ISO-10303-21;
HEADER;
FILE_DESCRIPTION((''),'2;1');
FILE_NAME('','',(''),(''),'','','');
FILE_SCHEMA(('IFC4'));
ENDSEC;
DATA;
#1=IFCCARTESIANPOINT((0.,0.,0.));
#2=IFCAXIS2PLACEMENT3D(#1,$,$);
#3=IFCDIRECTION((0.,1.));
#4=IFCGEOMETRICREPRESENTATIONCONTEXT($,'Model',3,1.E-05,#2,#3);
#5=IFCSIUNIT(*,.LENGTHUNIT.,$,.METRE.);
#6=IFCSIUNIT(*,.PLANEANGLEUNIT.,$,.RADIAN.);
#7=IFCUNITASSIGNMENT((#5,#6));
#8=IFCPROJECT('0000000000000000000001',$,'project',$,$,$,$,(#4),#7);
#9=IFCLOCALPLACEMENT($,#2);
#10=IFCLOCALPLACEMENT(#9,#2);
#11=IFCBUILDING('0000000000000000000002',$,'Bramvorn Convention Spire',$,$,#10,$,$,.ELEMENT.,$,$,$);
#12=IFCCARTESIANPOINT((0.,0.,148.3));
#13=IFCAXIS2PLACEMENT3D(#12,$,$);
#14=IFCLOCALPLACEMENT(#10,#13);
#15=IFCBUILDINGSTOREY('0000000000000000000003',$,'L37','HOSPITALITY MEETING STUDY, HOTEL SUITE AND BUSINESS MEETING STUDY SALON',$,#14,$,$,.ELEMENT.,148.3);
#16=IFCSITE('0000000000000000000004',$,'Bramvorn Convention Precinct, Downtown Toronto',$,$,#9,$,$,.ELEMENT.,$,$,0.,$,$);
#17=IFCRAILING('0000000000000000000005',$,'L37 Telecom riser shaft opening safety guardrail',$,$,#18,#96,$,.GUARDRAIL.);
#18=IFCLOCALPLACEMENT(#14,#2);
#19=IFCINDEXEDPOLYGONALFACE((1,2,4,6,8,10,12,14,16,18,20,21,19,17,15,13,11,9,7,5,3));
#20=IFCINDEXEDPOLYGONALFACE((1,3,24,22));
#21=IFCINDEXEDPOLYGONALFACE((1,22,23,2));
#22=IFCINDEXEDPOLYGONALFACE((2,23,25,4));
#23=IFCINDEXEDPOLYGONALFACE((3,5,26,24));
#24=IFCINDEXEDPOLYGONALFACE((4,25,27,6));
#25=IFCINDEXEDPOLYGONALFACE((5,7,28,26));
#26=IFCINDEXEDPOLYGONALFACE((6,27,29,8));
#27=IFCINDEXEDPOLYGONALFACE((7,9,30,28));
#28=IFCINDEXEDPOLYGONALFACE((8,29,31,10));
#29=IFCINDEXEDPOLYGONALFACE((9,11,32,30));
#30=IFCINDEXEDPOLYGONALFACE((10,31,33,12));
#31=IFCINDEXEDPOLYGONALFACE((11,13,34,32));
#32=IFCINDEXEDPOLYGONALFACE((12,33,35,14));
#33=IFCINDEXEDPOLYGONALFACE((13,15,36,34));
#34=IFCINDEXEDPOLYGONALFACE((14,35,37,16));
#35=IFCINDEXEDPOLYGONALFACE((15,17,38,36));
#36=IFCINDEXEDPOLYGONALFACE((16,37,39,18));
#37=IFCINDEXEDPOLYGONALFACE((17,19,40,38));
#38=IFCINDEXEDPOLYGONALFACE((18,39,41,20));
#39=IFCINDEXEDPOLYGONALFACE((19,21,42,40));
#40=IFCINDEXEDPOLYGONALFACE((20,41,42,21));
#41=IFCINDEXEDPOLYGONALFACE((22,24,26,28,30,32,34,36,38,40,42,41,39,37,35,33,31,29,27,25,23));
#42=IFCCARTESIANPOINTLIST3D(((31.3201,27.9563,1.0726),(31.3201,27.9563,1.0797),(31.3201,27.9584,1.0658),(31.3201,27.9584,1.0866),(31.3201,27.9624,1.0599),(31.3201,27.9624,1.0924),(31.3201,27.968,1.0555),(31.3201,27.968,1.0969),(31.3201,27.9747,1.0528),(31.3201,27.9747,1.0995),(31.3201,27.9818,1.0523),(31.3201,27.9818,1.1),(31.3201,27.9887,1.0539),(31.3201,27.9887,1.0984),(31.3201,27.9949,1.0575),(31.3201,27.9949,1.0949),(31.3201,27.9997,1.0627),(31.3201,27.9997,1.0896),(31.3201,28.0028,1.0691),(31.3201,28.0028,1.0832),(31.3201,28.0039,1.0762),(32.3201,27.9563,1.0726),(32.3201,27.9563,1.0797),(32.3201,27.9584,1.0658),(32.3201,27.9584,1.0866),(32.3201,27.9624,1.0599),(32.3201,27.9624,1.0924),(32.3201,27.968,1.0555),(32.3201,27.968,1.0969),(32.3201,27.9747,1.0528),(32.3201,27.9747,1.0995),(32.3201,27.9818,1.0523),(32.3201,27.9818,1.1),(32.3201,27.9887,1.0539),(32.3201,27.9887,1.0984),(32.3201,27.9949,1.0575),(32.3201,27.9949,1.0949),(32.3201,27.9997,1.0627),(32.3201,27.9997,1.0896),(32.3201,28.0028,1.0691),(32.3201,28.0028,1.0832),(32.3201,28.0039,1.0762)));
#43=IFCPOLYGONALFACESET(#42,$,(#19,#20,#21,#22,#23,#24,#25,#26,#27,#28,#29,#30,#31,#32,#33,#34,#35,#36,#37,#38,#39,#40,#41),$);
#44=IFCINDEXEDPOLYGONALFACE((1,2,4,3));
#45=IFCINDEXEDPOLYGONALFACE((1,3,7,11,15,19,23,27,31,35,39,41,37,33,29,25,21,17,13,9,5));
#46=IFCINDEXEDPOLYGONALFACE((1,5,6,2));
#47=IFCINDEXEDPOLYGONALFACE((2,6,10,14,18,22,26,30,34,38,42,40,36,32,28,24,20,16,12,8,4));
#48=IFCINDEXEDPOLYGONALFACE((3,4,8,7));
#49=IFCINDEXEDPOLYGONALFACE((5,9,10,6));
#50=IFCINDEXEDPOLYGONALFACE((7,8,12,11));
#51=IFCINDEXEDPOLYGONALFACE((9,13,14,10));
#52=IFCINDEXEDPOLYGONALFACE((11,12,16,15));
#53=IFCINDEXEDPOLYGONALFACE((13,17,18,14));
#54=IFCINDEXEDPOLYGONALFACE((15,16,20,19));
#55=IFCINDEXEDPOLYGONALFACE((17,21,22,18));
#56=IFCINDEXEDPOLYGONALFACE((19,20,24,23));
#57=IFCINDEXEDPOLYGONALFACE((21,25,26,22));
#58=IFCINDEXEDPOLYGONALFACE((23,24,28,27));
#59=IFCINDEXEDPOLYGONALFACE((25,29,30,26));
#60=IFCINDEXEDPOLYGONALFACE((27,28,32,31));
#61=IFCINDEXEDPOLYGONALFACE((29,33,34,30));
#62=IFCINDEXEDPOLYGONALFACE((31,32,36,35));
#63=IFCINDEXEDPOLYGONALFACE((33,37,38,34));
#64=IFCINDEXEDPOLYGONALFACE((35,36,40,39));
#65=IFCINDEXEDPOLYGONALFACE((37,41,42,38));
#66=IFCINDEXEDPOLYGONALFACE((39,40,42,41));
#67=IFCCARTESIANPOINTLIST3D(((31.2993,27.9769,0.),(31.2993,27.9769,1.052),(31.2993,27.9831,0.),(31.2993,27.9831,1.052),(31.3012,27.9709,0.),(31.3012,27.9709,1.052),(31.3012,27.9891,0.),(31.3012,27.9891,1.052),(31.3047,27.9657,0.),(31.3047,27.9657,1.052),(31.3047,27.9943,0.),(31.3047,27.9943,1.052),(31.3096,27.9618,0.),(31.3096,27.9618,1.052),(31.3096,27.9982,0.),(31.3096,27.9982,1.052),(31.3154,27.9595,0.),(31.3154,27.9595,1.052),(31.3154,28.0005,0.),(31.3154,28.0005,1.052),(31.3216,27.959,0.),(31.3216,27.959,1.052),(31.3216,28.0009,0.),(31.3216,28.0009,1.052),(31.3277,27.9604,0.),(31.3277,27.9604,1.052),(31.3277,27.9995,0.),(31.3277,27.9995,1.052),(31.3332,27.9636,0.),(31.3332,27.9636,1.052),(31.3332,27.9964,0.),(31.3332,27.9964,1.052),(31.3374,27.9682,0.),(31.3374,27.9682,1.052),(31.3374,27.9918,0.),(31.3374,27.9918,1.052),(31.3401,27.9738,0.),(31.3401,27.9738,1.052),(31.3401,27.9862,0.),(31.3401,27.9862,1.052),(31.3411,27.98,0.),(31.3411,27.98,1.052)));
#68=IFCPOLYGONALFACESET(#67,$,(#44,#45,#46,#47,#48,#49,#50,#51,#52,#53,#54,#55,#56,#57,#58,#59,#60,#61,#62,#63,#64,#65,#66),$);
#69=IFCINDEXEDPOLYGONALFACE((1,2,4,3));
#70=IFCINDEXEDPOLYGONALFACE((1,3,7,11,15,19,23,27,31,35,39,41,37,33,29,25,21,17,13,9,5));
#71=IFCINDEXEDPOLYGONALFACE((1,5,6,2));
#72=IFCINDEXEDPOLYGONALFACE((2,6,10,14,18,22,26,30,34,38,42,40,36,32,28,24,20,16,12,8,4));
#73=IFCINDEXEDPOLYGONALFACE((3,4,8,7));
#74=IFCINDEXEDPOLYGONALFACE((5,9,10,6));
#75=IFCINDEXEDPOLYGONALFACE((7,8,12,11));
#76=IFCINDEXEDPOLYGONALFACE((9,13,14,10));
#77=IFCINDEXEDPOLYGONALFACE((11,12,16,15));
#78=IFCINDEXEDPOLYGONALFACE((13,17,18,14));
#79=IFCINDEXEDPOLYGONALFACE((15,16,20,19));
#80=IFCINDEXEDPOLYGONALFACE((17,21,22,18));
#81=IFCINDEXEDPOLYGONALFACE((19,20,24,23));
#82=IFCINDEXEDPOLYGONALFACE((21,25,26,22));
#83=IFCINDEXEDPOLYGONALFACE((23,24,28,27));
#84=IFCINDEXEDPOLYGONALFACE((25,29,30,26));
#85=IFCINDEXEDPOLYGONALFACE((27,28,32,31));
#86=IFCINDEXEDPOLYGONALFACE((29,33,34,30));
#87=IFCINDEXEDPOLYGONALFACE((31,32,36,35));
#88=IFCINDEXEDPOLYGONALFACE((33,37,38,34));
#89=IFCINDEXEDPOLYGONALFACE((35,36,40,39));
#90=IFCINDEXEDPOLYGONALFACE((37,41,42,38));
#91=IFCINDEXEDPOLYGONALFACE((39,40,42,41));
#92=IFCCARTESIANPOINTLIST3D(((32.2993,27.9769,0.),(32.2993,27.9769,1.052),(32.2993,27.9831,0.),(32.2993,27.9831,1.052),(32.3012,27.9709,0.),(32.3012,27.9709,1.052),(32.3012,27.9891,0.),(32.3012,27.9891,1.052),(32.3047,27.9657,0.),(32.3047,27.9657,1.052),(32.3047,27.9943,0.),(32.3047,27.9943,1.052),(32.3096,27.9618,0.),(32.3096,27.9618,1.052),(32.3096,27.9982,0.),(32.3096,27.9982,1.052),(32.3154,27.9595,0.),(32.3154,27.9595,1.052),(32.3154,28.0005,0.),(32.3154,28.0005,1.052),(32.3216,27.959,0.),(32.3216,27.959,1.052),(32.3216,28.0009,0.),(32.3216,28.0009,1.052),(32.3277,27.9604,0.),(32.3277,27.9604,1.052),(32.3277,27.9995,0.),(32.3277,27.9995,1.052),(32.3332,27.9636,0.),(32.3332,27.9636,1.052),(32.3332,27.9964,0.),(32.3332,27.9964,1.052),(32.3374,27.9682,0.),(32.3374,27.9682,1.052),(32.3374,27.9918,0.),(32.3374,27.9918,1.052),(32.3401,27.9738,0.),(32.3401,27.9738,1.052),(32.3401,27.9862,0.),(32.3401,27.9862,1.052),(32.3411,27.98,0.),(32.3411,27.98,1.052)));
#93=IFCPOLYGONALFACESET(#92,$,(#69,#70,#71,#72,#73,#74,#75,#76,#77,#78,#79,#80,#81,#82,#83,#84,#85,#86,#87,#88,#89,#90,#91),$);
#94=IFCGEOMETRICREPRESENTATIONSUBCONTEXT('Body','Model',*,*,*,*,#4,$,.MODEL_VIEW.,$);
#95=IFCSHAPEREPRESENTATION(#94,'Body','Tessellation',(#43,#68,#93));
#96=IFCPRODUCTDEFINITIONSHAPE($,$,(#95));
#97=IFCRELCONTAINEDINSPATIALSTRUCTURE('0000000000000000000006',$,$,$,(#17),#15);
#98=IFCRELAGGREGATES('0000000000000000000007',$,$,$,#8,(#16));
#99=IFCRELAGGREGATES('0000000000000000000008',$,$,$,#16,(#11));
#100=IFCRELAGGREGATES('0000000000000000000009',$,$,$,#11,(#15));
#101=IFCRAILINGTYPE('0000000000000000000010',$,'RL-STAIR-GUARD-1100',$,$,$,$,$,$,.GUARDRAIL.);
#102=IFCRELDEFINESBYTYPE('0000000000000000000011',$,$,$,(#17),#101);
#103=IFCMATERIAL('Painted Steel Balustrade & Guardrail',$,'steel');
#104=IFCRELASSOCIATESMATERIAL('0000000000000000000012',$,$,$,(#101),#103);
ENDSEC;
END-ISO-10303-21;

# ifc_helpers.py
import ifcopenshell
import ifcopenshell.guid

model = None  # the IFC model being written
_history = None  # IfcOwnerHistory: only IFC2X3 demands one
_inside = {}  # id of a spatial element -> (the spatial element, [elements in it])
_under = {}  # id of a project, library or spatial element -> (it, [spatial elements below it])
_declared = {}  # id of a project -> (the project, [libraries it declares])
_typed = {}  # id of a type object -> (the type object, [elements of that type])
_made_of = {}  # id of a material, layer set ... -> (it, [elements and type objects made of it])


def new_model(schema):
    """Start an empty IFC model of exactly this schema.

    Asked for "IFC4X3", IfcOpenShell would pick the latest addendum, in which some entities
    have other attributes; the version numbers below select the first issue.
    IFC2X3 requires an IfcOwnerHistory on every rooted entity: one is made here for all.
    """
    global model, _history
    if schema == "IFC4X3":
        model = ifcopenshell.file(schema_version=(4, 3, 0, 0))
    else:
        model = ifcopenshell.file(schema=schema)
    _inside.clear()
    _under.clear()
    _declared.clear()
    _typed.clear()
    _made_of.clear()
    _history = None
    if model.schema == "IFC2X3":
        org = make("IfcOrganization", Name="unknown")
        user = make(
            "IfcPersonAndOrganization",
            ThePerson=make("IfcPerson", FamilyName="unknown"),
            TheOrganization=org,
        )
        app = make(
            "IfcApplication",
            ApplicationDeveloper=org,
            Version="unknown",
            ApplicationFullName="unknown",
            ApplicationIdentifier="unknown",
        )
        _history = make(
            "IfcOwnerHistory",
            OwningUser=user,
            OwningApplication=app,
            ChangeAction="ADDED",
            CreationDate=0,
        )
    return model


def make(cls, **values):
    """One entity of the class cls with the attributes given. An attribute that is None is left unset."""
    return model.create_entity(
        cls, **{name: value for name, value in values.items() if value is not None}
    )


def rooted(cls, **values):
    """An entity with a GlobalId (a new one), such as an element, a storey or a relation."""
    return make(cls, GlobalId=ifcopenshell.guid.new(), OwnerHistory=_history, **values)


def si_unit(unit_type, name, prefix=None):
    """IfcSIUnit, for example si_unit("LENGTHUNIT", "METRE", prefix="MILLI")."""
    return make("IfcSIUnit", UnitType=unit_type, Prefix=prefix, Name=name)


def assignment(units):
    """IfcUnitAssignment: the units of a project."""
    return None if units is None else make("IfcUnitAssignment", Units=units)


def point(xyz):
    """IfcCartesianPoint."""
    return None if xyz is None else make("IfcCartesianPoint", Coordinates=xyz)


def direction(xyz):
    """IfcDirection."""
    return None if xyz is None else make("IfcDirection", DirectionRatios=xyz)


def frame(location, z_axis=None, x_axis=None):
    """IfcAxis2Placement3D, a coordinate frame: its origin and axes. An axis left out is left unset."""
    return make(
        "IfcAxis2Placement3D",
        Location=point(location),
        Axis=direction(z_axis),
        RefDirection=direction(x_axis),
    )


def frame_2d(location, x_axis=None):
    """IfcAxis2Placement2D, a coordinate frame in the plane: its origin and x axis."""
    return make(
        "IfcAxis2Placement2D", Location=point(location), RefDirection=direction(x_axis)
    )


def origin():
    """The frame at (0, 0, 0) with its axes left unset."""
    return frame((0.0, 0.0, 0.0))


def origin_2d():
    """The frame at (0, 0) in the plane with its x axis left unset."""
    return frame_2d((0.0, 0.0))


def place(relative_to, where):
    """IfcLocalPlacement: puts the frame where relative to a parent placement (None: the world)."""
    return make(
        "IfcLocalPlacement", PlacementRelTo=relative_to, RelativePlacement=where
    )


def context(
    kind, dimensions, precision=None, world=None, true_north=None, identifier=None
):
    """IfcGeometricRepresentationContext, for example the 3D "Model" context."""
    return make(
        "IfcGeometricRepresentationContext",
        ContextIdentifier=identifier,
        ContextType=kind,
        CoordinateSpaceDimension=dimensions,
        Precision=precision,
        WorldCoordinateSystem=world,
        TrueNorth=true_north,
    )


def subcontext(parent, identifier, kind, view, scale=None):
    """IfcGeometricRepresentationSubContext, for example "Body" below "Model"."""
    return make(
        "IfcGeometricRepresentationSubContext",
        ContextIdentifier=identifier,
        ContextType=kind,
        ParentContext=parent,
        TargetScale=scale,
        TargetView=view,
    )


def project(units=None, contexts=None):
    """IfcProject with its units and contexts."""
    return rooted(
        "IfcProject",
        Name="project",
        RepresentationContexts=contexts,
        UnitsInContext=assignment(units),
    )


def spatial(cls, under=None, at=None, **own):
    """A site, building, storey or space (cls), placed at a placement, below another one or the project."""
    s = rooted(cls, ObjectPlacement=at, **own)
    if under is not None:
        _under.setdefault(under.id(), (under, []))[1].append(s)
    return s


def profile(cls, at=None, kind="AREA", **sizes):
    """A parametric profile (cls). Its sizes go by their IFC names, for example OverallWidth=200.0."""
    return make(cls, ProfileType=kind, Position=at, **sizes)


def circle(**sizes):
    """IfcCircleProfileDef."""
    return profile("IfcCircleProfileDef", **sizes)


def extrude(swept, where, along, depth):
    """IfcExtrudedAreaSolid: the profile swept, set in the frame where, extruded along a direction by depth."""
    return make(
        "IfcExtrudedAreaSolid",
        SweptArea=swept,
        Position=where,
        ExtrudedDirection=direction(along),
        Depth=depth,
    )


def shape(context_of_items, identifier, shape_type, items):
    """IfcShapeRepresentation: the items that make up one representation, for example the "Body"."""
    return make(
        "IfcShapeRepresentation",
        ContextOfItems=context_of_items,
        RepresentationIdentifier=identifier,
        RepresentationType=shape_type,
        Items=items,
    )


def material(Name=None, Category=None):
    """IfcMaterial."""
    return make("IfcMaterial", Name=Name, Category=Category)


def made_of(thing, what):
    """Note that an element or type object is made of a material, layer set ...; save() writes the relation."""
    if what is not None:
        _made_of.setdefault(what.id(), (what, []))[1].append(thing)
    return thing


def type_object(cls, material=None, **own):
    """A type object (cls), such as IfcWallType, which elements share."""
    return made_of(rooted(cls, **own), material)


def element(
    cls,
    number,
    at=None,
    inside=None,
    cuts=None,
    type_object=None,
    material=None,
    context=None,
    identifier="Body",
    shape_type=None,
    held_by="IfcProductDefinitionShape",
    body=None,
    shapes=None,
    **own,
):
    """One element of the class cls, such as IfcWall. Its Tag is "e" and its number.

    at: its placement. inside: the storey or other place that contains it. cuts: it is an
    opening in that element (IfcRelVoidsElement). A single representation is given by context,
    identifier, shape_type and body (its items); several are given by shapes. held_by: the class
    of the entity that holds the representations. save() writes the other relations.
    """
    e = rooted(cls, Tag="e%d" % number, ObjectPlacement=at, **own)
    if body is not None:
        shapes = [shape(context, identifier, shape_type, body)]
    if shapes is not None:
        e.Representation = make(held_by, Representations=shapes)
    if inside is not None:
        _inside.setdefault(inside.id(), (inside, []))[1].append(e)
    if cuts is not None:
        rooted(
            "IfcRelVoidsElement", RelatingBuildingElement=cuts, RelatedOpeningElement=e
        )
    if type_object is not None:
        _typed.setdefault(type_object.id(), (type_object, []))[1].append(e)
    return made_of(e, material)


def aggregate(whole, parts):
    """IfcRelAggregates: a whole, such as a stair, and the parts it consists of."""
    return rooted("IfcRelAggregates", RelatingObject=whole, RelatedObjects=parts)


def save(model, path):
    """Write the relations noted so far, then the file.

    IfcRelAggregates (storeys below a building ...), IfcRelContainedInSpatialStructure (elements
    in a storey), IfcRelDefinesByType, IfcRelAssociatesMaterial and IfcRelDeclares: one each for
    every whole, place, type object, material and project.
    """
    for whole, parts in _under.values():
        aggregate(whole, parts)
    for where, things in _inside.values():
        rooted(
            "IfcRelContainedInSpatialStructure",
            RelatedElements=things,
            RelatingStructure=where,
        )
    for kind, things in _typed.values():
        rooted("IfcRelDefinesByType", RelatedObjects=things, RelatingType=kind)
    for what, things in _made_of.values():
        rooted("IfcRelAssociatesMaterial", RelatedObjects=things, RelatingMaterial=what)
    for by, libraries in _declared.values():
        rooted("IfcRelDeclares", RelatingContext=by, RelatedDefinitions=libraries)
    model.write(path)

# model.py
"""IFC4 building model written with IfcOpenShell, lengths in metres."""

from ifc_helpers import new_model, si_unit, direction, frame, origin, origin_2d, place, context, subcontext, project, spatial, circle, extrude, material, type_object, element, save


model = new_model("IFC4")

# Units and contexts
model_context = context("Model", 3, precision=1e-05, world=origin(), true_north=direction((0.0, 1.0)))
body_context = subcontext(model_context, "Body", "Model", "MODEL_VIEW")
ifc_project = project(units=[si_unit("LENGTHUNIT", "METRE"), si_unit("PLANEANGLEUNIT", "RADIAN")], contexts=[model_context])

# Site, building, storey
site_placement = place(None, origin())
site = spatial("IfcSite", under=ifc_project, at=site_placement, Name="Bramvorn Convention Precinct, Downtown Toronto", CompositionType="ELEMENT", RefElevation=0.0)
building_placement = place(site_placement, origin())
building = spatial("IfcBuilding", under=site, at=building_placement, Name="Bramvorn Convention Spire", CompositionType="ELEMENT")
storey_placement = place(building_placement, frame((0.0, 0.0, 148.3)))
storey = spatial("IfcBuildingStorey", under=building, at=storey_placement, Name="L37", Description="HOSPITALITY MEETING STUDY, HOTEL SUITE AND BUSINESS MEETING STUDY SALON", CompositionType="ELEMENT", Elevation=148.3)

# Railing
ifc_material_1 = material(Name="Painted Steel Balustrade & Guardrail", Category="steel")
railing_type_1 = type_object("IfcRailingType", Name="RL-STAIR-GUARD-1100", PredefinedType="GUARDRAIL", material=ifc_material_1)
railing_1_placement = place(storey_placement, frame((31.3201, 27.98, 0.0)))
element("IfcRailing", 1, at=railing_1_placement, inside=storey, type_object=railing_type_1, Name="L37 Telecom riser shaft opening safety guardrail", PredefinedType="GUARDRAIL", context=body_context, shape_type="SweptSolid", body=[
    extrude(circle(Radius=0.0239, at=origin_2d()), frame((0.0, 0.0, 1.0762), z_axis=(1.0, 0.0, 0.0), x_axis=(0.0, 1.0, 0.0)), (0.0, 0.0, 1.0), 1.0),
    extrude(circle(Radius=0.021, at=origin_2d()), origin(), (0.0, 0.0, 1.0), 1.052),
    extrude(circle(Radius=0.021, at=origin_2d()), frame((1.0, 0.0, 0.0)), (0.0, 0.0, 1.0), 1.052),
])

save(model, "model.ifc")
